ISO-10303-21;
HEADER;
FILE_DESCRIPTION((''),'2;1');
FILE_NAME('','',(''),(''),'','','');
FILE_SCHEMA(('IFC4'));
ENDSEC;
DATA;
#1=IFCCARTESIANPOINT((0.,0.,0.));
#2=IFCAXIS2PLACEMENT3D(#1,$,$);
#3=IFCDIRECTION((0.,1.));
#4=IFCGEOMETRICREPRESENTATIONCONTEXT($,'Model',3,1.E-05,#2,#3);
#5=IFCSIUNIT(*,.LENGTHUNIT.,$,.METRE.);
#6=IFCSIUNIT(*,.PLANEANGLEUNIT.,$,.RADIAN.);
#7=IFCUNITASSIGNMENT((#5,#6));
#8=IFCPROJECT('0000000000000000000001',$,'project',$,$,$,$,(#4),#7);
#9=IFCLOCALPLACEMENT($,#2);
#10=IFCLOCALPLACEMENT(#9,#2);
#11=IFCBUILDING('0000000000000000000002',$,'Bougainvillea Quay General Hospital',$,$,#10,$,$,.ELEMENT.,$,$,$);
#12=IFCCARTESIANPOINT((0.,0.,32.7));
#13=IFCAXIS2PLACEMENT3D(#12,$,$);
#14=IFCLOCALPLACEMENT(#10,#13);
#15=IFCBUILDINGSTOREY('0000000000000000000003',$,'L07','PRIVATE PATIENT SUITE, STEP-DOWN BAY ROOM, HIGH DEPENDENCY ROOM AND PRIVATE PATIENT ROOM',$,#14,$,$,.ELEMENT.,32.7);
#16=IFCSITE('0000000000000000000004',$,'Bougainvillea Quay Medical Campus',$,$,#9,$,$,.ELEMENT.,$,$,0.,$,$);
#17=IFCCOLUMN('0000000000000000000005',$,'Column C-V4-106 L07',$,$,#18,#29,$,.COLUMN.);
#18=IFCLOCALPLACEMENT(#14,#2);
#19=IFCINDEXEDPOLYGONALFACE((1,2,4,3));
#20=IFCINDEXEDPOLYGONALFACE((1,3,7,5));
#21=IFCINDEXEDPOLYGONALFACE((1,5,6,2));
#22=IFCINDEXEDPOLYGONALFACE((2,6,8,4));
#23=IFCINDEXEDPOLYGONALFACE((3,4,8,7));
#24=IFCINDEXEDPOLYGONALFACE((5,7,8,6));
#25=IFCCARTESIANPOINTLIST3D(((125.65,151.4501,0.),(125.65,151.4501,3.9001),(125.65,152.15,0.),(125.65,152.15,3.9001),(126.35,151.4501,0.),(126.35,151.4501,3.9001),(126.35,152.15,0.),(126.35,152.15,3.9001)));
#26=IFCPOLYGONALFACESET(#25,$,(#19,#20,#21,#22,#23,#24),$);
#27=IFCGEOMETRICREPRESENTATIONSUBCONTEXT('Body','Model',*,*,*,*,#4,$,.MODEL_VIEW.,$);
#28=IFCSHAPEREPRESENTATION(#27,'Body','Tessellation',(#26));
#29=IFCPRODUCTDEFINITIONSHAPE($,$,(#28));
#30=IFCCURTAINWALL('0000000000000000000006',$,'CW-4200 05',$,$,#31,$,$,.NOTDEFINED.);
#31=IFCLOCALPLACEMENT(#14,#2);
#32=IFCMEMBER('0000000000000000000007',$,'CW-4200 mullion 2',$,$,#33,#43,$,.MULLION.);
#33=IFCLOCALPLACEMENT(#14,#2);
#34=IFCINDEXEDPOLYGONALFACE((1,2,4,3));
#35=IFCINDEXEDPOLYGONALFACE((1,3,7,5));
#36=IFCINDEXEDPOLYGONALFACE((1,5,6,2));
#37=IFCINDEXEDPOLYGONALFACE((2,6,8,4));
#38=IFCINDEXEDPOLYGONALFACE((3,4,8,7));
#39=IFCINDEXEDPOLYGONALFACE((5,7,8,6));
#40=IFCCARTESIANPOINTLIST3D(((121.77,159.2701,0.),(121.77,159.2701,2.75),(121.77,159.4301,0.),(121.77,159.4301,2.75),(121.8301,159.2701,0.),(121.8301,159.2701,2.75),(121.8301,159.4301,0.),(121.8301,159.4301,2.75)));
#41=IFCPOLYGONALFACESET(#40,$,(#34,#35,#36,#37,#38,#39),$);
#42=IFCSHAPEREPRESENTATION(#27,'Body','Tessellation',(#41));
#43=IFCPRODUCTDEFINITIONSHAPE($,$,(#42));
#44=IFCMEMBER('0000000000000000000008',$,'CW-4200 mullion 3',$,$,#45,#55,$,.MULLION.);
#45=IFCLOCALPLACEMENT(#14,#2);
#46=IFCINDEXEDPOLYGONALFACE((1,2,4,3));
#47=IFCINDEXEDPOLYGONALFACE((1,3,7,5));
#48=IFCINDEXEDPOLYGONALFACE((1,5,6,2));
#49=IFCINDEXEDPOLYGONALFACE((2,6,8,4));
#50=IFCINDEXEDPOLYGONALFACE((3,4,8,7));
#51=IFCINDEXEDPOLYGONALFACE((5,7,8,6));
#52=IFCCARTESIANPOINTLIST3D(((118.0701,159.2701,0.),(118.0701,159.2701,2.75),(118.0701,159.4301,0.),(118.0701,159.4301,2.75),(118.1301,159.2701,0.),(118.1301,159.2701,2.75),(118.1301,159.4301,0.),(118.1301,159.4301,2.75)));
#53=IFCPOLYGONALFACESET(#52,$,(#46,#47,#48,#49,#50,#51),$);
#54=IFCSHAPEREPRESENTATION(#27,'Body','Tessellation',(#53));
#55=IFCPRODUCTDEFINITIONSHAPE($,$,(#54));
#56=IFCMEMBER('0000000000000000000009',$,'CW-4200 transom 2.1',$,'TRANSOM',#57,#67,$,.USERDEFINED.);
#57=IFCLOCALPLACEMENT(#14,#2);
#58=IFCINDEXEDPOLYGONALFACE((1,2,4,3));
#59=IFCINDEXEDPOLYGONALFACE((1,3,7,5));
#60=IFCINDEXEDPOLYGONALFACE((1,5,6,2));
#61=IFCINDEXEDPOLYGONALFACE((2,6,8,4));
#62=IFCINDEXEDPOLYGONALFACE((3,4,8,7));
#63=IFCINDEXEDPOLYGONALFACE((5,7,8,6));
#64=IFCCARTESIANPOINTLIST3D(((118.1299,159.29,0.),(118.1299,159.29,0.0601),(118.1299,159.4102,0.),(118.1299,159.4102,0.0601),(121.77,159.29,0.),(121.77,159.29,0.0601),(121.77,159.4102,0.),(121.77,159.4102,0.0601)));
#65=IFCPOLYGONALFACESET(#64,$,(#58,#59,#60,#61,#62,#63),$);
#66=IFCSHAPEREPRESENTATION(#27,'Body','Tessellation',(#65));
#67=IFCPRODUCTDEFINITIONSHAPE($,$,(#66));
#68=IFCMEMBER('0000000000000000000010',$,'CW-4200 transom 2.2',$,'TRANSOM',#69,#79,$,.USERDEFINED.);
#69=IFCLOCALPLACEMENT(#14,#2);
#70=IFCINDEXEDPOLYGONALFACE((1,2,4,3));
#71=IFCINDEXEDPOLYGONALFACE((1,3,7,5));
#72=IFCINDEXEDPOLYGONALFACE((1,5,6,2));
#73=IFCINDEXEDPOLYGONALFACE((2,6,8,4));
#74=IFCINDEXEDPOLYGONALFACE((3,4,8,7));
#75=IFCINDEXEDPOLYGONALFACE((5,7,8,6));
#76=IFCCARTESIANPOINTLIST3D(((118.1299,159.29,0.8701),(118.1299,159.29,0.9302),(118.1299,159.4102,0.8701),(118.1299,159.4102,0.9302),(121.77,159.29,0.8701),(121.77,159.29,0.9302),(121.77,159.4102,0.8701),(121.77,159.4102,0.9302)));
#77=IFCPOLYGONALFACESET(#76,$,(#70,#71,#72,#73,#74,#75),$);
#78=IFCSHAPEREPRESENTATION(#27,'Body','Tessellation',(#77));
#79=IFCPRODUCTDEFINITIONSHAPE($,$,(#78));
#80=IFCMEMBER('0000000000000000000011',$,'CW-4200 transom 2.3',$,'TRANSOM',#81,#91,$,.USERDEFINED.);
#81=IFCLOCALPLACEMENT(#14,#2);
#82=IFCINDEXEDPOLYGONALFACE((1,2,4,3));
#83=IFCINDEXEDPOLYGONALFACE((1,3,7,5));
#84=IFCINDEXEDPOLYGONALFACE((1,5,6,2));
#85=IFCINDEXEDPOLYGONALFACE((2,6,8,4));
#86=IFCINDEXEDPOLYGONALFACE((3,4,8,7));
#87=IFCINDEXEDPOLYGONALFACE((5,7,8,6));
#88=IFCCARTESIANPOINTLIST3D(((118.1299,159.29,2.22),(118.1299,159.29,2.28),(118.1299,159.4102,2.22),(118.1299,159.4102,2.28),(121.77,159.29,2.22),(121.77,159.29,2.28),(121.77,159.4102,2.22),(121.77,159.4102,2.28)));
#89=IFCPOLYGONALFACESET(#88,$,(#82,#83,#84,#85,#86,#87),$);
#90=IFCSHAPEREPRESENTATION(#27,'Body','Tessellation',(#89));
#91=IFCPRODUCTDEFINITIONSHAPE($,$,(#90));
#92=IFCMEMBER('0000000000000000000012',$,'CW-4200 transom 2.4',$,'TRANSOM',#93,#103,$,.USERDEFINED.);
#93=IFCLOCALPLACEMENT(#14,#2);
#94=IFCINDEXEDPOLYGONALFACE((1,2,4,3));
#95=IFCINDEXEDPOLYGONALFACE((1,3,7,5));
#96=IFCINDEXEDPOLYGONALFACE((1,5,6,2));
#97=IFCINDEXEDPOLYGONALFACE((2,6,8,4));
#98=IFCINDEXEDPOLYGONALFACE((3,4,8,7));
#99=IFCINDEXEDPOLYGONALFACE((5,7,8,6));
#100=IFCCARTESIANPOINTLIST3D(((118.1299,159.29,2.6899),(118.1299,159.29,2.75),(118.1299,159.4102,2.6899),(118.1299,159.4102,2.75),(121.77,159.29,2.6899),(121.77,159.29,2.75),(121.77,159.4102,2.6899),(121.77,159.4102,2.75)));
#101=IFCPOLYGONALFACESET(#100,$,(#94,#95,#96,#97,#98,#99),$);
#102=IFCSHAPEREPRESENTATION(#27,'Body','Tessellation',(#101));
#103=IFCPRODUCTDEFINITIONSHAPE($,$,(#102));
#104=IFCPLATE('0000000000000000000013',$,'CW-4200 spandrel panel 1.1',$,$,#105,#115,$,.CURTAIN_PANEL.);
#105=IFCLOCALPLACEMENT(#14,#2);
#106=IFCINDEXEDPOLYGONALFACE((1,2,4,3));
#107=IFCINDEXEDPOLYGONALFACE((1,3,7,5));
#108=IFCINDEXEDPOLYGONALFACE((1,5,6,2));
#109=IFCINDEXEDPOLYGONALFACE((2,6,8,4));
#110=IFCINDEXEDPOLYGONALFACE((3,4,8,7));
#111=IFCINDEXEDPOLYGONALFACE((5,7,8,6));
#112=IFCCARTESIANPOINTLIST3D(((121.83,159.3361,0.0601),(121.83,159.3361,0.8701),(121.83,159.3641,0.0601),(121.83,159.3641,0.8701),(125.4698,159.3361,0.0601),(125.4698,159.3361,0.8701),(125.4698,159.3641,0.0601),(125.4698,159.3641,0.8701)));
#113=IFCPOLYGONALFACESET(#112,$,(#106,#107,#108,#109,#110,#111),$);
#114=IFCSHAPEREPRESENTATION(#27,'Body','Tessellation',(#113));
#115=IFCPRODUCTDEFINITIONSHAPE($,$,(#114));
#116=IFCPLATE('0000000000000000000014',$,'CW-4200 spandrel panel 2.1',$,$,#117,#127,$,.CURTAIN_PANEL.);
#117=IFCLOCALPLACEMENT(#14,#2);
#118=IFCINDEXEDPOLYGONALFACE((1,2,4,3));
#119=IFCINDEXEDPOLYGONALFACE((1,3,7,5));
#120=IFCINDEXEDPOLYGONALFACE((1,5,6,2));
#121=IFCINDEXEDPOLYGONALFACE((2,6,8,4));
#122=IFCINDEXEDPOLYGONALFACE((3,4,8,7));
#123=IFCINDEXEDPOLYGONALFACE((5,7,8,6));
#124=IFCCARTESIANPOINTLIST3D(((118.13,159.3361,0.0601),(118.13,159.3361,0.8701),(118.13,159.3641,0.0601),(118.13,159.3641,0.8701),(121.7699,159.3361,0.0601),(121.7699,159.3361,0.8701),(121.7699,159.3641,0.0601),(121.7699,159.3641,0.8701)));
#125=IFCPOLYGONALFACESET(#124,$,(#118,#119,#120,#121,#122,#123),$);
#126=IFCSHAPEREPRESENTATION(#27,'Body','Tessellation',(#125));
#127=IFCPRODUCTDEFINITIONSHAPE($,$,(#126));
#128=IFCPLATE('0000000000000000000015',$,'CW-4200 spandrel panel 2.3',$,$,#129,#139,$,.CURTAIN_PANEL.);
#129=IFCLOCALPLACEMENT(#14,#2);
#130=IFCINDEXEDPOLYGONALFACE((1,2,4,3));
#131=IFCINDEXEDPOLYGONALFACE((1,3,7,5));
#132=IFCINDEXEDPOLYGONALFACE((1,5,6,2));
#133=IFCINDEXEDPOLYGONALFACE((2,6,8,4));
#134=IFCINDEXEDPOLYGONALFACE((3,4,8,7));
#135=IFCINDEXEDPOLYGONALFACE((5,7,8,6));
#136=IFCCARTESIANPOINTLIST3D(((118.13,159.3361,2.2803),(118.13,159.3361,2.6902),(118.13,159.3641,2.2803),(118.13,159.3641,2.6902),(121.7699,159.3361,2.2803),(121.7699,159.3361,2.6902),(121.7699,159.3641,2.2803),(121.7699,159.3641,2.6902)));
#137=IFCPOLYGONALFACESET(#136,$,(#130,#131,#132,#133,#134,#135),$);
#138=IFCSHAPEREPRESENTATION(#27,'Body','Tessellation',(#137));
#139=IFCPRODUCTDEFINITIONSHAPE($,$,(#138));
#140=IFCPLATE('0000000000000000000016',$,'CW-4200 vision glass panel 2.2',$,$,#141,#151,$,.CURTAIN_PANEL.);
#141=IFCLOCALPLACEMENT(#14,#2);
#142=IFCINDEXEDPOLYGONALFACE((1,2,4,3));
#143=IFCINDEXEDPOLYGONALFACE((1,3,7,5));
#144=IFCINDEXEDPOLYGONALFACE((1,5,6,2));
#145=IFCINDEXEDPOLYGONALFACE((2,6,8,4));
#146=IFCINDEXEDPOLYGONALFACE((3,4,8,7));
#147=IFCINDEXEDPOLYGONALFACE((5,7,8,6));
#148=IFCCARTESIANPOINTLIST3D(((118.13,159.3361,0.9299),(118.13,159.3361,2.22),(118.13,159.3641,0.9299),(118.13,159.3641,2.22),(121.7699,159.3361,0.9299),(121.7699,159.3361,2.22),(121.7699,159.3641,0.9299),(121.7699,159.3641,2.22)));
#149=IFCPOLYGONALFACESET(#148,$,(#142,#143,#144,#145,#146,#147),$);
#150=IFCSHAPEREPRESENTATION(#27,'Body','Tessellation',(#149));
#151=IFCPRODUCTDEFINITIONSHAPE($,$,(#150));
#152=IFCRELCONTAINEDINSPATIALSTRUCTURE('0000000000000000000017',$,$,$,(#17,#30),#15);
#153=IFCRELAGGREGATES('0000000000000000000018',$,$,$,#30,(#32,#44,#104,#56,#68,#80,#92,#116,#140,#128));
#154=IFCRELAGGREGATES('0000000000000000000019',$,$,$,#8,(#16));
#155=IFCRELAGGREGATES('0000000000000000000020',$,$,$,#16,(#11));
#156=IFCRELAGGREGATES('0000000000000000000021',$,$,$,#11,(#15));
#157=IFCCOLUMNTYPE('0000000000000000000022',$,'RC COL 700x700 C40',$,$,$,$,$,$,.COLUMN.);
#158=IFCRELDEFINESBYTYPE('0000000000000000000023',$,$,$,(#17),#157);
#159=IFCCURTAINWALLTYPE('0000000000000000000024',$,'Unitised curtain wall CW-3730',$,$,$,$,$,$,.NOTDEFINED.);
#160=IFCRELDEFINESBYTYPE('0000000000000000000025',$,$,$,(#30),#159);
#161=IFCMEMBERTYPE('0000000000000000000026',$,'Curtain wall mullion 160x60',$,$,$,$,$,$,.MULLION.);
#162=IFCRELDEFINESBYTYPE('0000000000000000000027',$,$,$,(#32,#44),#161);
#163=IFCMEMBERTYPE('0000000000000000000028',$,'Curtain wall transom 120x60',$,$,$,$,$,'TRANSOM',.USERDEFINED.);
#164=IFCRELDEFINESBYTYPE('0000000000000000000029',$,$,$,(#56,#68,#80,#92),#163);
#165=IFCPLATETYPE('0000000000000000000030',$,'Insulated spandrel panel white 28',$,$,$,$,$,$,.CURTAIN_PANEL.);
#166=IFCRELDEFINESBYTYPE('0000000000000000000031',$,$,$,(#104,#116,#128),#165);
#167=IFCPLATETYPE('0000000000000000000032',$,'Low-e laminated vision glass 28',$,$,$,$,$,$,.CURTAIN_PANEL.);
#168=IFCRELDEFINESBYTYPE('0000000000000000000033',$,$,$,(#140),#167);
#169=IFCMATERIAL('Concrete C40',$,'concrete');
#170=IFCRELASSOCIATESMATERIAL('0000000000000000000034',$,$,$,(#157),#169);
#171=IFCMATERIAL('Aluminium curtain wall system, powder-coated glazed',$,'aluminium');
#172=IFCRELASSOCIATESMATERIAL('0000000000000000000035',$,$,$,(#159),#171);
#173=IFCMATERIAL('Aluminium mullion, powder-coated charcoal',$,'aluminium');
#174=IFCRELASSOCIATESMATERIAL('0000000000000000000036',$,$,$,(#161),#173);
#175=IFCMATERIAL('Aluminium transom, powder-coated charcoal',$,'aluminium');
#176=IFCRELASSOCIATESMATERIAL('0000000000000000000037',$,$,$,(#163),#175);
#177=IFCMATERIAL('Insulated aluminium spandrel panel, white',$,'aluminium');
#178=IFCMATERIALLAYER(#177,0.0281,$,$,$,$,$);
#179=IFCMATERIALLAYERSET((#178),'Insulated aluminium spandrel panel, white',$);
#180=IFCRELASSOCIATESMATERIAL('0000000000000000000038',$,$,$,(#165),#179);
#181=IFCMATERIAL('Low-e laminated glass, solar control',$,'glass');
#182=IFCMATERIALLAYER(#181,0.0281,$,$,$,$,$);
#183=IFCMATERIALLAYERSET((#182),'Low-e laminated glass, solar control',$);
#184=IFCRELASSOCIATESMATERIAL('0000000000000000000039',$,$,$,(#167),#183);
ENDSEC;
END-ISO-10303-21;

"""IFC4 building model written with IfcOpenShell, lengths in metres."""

from ifc_helpers import new_model, si_unit, direction, frame, origin, origin_2d, place, context, subcontext, project, spatial, rectangle, extrude, material, layer, layer_set, material_profile, profile_set, type_object, element, aggregate, save


model = new_model("IFC4")

# Units and contexts
model_context = context("Model", 3, precision=1e-05, world=origin(), true_north=direction((0.0, 1.0)))
body_context = subcontext(model_context, "Body", "Model", "MODEL_VIEW")
ifc_project = project(units=[si_unit("LENGTHUNIT", "METRE"), si_unit("PLANEANGLEUNIT", "RADIAN")], contexts=[model_context])

# Site, building, storey
site_placement = place(None, origin())
site = spatial("IfcSite", under=ifc_project, at=site_placement, Name="Bougainvillea Quay Medical Campus", CompositionType="ELEMENT", RefElevation=0.0)
building_placement = place(site_placement, origin())
building = spatial("IfcBuilding", under=site, at=building_placement, Name="Bougainvillea Quay General Hospital", CompositionType="ELEMENT")
storey_placement = place(building_placement, frame((0.0, 0.0, 32.7)))
storey = spatial("IfcBuildingStorey", under=building, at=storey_placement, Name="L07", Description="PRIVATE PATIENT SUITE, STEP-DOWN BAY ROOM, HIGH DEPENDENCY ROOM AND PRIVATE PATIENT ROOM", CompositionType="ELEMENT", Elevation=32.7)

# Column
ifc_material_1 = material(Name="Concrete C40", Category="concrete")
ifc_material_profile_1 = material_profile(ifc_material_1, rectangle(XDim=0.7, YDim=0.7, at=origin_2d()))
ifc_profile_set_1 = profile_set([ifc_material_profile_1], Name="Concrete C40")
column_type = type_object("IfcColumnType", Name="RC COL 700x700 C40", PredefinedType="COLUMN", material=ifc_profile_set_1)
column_placement = place(storey_placement, frame((126.0, 151.8, 0.0), z_axis=(0.0, 0.0, 1.0), x_axis=(1.0, 0.0, 0.0)))
element("IfcColumn", 1, at=column_placement, inside=storey, type_object=column_type, Name="Column C-V4-106 L07", PredefinedType="COLUMN", context=body_context, shape_type="SweptSolid", body=[
    extrude(rectangle(XDim=0.7, YDim=0.7, at=origin_2d()), origin(), (0.0, 0.0, 1.0), 3.9001),
])

# Curtain wall, members, plates
ifc_material_2 = material(Name="Aluminium curtain wall system, powder-coated glazed", Category="aluminium")
curtain_wall_type = type_object("IfcCurtainWallType", Name="Unitised curtain wall CW-3730", PredefinedType="NOTDEFINED", material=ifc_material_2)
curtain_wall_placement = place(storey_placement, origin())
curtain_wall = element("IfcCurtainWall", 2, at=curtain_wall_placement, inside=storey, type_object=curtain_wall_type, Name="CW-4200 05", PredefinedType="NOTDEFINED")
ifc_material_3 = material(Name="Aluminium mullion, powder-coated charcoal", Category="aluminium")
ifc_material_profile_2 = material_profile(ifc_material_3, rectangle(XDim=0.1599, YDim=0.0601, at=origin_2d()))
ifc_profile_set_2 = profile_set([ifc_material_profile_2], Name="Aluminium mullion, powder-coated charcoal")
member_type_1 = type_object("IfcMemberType", Name="Curtain wall mullion 160x60", PredefinedType="MULLION", material=ifc_profile_set_2)
member_1_placement = place(storey_placement, frame((121.8, 159.3501, 0.0), z_axis=(0.0, 0.0, 1.0), x_axis=(0.0, -1.0, 0.0)))
member_1 = element("IfcMember", 3, at=member_1_placement, type_object=member_type_1, Name="CW-4200 mullion 2", PredefinedType="MULLION", context=body_context, shape_type="SweptSolid", body=[
    extrude(rectangle(XDim=0.1599, YDim=0.0601, at=origin_2d()), origin(), (0.0, 0.0, 1.0), 2.75),
])
member_2_placement = place(storey_placement, frame((118.1001, 159.3501, 0.0), z_axis=(0.0, 0.0, 1.0), x_axis=(0.0, -1.0, 0.0)))
member_2 = element("IfcMember", 4, at=member_2_placement, type_object=member_type_1, Name="CW-4200 mullion 3", PredefinedType="MULLION", context=body_context, shape_type="SweptSolid", body=[
    extrude(rectangle(XDim=0.1599, YDim=0.0601, at=origin_2d()), origin(), (0.0, 0.0, 1.0), 2.75),
])
ifc_material_4 = material(Name="Aluminium transom, powder-coated charcoal", Category="aluminium")
ifc_material_profile_3 = material_profile(ifc_material_4, rectangle(XDim=0.1201, YDim=0.0601, at=origin_2d()))
ifc_profile_set_3 = profile_set([ifc_material_profile_3], Name="Aluminium transom, powder-coated charcoal")
member_type_2 = type_object("IfcMemberType", Name="Curtain wall transom 120x60", ElementType="TRANSOM", PredefinedType="USERDEFINED", material=ifc_profile_set_3)
member_3_placement = place(storey_placement, frame((121.77, 159.3501, 0.03), z_axis=(-1.0, 0.0, 0.0), x_axis=(0.0, -1.0, 0.0)))
member_3 = element("IfcMember", 5, at=member_3_placement, type_object=member_type_2, Name="CW-4200 transom 2.1", ObjectType="TRANSOM", PredefinedType="USERDEFINED", context=body_context, shape_type="SweptSolid", body=[
    extrude(rectangle(XDim=0.1201, YDim=0.0601, at=origin_2d()), origin(), (0.0, 0.0, 1.0), 3.6401),
])
member_4_placement = place(storey_placement, frame((121.77, 159.3501, 0.9001), z_axis=(-1.0, 0.0, 0.0), x_axis=(0.0, -1.0, 0.0)))
member_4 = element("IfcMember", 6, at=member_4_placement, type_object=member_type_2, Name="CW-4200 transom 2.2", ObjectType="TRANSOM", PredefinedType="USERDEFINED", context=body_context, shape_type="SweptSolid", body=[
    extrude(rectangle(XDim=0.1201, YDim=0.0601, at=origin_2d()), origin(), (0.0, 0.0, 1.0), 3.6401),
])
member_5_placement = place(storey_placement, frame((121.77, 159.3501, 2.25), z_axis=(-1.0, 0.0, 0.0), x_axis=(0.0, -1.0, 0.0)))
member_5 = element("IfcMember", 7, at=member_5_placement, type_object=member_type_2, Name="CW-4200 transom 2.3", ObjectType="TRANSOM", PredefinedType="USERDEFINED", context=body_context, shape_type="SweptSolid", body=[
    extrude(rectangle(XDim=0.1201, YDim=0.0601, at=origin_2d()), origin(), (0.0, 0.0, 1.0), 3.6401),
])
member_6_placement = place(storey_placement, frame((121.77, 159.3501, 2.72), z_axis=(-1.0, 0.0, 0.0), x_axis=(0.0, -1.0, 0.0)))
member_6 = element("IfcMember", 8, at=member_6_placement, type_object=member_type_2, Name="CW-4200 transom 2.4", ObjectType="TRANSOM", PredefinedType="USERDEFINED", context=body_context, shape_type="SweptSolid", body=[
    extrude(rectangle(XDim=0.1201, YDim=0.0601, at=origin_2d()), origin(), (0.0, 0.0, 1.0), 3.6401),
])
ifc_material_5 = material(Name="Insulated aluminium spandrel panel, white", Category="aluminium")
ifc_layer_1 = layer(ifc_material_5, 0.0281)
ifc_layer_set_1 = layer_set([ifc_layer_1], Name="Insulated aluminium spandrel panel, white")
plate_type_1 = type_object("IfcPlateType", Name="Insulated spandrel panel white 28", PredefinedType="CURTAIN_PANEL", material=ifc_layer_set_1)
plate_1_placement = place(storey_placement, frame((123.6499, 159.3501, 0.0601), z_axis=(0.0, 0.0, 1.0), x_axis=(-1.0, 0.0, 0.0)))
plate_1 = element("IfcPlate", 9, at=plate_1_placement, type_object=plate_type_1, Name="CW-4200 spandrel panel 1.1", PredefinedType="CURTAIN_PANEL", context=body_context, shape_type="SweptSolid", body=[
    extrude(rectangle(XDim=3.6399, YDim=0.0281, at=origin_2d()), origin(), (0.0, 0.0, 1.0), 0.8101),
])
plate_2_placement = place(storey_placement, frame((119.95, 159.3501, 0.0601), z_axis=(0.0, 0.0, 1.0), x_axis=(-1.0, 0.0, 0.0)))
plate_2 = element("IfcPlate", 10, at=plate_2_placement, type_object=plate_type_1, Name="CW-4200 spandrel panel 2.1", PredefinedType="CURTAIN_PANEL", context=body_context, shape_type="SweptSolid", body=[
    extrude(rectangle(XDim=3.6399, YDim=0.0281, at=origin_2d()), origin(), (0.0, 0.0, 1.0), 0.8101),
])
plate_3_placement = place(storey_placement, frame((119.95, 159.3501, 2.2803), z_axis=(0.0, 0.0, 1.0), x_axis=(-1.0, 0.0, 0.0)))
plate_3 = element("IfcPlate", 11, at=plate_3_placement, type_object=plate_type_1, Name="CW-4200 spandrel panel 2.3", PredefinedType="CURTAIN_PANEL", context=body_context, shape_type="SweptSolid", body=[
    extrude(rectangle(XDim=3.6399, YDim=0.0281, at=origin_2d()), origin(), (0.0, 0.0, 1.0), 0.4099),
])
ifc_material_6 = material(Name="Low-e laminated glass, solar control", Category="glass")
ifc_layer_2 = layer(ifc_material_6, 0.0281)
ifc_layer_set_2 = layer_set([ifc_layer_2], Name="Low-e laminated glass, solar control")
plate_type_2 = type_object("IfcPlateType", Name="Low-e laminated vision glass 28", PredefinedType="CURTAIN_PANEL", material=ifc_layer_set_2)
plate_4_placement = place(storey_placement, frame((119.95, 159.3501, 0.9299), z_axis=(0.0, 0.0, 1.0), x_axis=(-1.0, 0.0, 0.0)))
plate_4 = element("IfcPlate", 12, at=plate_4_placement, type_object=plate_type_2, Name="CW-4200 vision glass panel 2.2", PredefinedType="CURTAIN_PANEL", context=body_context, shape_type="SweptSolid", body=[
    extrude(rectangle(XDim=3.6399, YDim=0.0281, at=origin_2d()), origin(), (0.0, 0.0, 1.0), 1.29),
])
aggregate(curtain_wall, [member_1, member_2, plate_1, member_3, member_4, member_5, member_6, plate_2, plate_4, plate_3])

save(model, "model.ifc")
